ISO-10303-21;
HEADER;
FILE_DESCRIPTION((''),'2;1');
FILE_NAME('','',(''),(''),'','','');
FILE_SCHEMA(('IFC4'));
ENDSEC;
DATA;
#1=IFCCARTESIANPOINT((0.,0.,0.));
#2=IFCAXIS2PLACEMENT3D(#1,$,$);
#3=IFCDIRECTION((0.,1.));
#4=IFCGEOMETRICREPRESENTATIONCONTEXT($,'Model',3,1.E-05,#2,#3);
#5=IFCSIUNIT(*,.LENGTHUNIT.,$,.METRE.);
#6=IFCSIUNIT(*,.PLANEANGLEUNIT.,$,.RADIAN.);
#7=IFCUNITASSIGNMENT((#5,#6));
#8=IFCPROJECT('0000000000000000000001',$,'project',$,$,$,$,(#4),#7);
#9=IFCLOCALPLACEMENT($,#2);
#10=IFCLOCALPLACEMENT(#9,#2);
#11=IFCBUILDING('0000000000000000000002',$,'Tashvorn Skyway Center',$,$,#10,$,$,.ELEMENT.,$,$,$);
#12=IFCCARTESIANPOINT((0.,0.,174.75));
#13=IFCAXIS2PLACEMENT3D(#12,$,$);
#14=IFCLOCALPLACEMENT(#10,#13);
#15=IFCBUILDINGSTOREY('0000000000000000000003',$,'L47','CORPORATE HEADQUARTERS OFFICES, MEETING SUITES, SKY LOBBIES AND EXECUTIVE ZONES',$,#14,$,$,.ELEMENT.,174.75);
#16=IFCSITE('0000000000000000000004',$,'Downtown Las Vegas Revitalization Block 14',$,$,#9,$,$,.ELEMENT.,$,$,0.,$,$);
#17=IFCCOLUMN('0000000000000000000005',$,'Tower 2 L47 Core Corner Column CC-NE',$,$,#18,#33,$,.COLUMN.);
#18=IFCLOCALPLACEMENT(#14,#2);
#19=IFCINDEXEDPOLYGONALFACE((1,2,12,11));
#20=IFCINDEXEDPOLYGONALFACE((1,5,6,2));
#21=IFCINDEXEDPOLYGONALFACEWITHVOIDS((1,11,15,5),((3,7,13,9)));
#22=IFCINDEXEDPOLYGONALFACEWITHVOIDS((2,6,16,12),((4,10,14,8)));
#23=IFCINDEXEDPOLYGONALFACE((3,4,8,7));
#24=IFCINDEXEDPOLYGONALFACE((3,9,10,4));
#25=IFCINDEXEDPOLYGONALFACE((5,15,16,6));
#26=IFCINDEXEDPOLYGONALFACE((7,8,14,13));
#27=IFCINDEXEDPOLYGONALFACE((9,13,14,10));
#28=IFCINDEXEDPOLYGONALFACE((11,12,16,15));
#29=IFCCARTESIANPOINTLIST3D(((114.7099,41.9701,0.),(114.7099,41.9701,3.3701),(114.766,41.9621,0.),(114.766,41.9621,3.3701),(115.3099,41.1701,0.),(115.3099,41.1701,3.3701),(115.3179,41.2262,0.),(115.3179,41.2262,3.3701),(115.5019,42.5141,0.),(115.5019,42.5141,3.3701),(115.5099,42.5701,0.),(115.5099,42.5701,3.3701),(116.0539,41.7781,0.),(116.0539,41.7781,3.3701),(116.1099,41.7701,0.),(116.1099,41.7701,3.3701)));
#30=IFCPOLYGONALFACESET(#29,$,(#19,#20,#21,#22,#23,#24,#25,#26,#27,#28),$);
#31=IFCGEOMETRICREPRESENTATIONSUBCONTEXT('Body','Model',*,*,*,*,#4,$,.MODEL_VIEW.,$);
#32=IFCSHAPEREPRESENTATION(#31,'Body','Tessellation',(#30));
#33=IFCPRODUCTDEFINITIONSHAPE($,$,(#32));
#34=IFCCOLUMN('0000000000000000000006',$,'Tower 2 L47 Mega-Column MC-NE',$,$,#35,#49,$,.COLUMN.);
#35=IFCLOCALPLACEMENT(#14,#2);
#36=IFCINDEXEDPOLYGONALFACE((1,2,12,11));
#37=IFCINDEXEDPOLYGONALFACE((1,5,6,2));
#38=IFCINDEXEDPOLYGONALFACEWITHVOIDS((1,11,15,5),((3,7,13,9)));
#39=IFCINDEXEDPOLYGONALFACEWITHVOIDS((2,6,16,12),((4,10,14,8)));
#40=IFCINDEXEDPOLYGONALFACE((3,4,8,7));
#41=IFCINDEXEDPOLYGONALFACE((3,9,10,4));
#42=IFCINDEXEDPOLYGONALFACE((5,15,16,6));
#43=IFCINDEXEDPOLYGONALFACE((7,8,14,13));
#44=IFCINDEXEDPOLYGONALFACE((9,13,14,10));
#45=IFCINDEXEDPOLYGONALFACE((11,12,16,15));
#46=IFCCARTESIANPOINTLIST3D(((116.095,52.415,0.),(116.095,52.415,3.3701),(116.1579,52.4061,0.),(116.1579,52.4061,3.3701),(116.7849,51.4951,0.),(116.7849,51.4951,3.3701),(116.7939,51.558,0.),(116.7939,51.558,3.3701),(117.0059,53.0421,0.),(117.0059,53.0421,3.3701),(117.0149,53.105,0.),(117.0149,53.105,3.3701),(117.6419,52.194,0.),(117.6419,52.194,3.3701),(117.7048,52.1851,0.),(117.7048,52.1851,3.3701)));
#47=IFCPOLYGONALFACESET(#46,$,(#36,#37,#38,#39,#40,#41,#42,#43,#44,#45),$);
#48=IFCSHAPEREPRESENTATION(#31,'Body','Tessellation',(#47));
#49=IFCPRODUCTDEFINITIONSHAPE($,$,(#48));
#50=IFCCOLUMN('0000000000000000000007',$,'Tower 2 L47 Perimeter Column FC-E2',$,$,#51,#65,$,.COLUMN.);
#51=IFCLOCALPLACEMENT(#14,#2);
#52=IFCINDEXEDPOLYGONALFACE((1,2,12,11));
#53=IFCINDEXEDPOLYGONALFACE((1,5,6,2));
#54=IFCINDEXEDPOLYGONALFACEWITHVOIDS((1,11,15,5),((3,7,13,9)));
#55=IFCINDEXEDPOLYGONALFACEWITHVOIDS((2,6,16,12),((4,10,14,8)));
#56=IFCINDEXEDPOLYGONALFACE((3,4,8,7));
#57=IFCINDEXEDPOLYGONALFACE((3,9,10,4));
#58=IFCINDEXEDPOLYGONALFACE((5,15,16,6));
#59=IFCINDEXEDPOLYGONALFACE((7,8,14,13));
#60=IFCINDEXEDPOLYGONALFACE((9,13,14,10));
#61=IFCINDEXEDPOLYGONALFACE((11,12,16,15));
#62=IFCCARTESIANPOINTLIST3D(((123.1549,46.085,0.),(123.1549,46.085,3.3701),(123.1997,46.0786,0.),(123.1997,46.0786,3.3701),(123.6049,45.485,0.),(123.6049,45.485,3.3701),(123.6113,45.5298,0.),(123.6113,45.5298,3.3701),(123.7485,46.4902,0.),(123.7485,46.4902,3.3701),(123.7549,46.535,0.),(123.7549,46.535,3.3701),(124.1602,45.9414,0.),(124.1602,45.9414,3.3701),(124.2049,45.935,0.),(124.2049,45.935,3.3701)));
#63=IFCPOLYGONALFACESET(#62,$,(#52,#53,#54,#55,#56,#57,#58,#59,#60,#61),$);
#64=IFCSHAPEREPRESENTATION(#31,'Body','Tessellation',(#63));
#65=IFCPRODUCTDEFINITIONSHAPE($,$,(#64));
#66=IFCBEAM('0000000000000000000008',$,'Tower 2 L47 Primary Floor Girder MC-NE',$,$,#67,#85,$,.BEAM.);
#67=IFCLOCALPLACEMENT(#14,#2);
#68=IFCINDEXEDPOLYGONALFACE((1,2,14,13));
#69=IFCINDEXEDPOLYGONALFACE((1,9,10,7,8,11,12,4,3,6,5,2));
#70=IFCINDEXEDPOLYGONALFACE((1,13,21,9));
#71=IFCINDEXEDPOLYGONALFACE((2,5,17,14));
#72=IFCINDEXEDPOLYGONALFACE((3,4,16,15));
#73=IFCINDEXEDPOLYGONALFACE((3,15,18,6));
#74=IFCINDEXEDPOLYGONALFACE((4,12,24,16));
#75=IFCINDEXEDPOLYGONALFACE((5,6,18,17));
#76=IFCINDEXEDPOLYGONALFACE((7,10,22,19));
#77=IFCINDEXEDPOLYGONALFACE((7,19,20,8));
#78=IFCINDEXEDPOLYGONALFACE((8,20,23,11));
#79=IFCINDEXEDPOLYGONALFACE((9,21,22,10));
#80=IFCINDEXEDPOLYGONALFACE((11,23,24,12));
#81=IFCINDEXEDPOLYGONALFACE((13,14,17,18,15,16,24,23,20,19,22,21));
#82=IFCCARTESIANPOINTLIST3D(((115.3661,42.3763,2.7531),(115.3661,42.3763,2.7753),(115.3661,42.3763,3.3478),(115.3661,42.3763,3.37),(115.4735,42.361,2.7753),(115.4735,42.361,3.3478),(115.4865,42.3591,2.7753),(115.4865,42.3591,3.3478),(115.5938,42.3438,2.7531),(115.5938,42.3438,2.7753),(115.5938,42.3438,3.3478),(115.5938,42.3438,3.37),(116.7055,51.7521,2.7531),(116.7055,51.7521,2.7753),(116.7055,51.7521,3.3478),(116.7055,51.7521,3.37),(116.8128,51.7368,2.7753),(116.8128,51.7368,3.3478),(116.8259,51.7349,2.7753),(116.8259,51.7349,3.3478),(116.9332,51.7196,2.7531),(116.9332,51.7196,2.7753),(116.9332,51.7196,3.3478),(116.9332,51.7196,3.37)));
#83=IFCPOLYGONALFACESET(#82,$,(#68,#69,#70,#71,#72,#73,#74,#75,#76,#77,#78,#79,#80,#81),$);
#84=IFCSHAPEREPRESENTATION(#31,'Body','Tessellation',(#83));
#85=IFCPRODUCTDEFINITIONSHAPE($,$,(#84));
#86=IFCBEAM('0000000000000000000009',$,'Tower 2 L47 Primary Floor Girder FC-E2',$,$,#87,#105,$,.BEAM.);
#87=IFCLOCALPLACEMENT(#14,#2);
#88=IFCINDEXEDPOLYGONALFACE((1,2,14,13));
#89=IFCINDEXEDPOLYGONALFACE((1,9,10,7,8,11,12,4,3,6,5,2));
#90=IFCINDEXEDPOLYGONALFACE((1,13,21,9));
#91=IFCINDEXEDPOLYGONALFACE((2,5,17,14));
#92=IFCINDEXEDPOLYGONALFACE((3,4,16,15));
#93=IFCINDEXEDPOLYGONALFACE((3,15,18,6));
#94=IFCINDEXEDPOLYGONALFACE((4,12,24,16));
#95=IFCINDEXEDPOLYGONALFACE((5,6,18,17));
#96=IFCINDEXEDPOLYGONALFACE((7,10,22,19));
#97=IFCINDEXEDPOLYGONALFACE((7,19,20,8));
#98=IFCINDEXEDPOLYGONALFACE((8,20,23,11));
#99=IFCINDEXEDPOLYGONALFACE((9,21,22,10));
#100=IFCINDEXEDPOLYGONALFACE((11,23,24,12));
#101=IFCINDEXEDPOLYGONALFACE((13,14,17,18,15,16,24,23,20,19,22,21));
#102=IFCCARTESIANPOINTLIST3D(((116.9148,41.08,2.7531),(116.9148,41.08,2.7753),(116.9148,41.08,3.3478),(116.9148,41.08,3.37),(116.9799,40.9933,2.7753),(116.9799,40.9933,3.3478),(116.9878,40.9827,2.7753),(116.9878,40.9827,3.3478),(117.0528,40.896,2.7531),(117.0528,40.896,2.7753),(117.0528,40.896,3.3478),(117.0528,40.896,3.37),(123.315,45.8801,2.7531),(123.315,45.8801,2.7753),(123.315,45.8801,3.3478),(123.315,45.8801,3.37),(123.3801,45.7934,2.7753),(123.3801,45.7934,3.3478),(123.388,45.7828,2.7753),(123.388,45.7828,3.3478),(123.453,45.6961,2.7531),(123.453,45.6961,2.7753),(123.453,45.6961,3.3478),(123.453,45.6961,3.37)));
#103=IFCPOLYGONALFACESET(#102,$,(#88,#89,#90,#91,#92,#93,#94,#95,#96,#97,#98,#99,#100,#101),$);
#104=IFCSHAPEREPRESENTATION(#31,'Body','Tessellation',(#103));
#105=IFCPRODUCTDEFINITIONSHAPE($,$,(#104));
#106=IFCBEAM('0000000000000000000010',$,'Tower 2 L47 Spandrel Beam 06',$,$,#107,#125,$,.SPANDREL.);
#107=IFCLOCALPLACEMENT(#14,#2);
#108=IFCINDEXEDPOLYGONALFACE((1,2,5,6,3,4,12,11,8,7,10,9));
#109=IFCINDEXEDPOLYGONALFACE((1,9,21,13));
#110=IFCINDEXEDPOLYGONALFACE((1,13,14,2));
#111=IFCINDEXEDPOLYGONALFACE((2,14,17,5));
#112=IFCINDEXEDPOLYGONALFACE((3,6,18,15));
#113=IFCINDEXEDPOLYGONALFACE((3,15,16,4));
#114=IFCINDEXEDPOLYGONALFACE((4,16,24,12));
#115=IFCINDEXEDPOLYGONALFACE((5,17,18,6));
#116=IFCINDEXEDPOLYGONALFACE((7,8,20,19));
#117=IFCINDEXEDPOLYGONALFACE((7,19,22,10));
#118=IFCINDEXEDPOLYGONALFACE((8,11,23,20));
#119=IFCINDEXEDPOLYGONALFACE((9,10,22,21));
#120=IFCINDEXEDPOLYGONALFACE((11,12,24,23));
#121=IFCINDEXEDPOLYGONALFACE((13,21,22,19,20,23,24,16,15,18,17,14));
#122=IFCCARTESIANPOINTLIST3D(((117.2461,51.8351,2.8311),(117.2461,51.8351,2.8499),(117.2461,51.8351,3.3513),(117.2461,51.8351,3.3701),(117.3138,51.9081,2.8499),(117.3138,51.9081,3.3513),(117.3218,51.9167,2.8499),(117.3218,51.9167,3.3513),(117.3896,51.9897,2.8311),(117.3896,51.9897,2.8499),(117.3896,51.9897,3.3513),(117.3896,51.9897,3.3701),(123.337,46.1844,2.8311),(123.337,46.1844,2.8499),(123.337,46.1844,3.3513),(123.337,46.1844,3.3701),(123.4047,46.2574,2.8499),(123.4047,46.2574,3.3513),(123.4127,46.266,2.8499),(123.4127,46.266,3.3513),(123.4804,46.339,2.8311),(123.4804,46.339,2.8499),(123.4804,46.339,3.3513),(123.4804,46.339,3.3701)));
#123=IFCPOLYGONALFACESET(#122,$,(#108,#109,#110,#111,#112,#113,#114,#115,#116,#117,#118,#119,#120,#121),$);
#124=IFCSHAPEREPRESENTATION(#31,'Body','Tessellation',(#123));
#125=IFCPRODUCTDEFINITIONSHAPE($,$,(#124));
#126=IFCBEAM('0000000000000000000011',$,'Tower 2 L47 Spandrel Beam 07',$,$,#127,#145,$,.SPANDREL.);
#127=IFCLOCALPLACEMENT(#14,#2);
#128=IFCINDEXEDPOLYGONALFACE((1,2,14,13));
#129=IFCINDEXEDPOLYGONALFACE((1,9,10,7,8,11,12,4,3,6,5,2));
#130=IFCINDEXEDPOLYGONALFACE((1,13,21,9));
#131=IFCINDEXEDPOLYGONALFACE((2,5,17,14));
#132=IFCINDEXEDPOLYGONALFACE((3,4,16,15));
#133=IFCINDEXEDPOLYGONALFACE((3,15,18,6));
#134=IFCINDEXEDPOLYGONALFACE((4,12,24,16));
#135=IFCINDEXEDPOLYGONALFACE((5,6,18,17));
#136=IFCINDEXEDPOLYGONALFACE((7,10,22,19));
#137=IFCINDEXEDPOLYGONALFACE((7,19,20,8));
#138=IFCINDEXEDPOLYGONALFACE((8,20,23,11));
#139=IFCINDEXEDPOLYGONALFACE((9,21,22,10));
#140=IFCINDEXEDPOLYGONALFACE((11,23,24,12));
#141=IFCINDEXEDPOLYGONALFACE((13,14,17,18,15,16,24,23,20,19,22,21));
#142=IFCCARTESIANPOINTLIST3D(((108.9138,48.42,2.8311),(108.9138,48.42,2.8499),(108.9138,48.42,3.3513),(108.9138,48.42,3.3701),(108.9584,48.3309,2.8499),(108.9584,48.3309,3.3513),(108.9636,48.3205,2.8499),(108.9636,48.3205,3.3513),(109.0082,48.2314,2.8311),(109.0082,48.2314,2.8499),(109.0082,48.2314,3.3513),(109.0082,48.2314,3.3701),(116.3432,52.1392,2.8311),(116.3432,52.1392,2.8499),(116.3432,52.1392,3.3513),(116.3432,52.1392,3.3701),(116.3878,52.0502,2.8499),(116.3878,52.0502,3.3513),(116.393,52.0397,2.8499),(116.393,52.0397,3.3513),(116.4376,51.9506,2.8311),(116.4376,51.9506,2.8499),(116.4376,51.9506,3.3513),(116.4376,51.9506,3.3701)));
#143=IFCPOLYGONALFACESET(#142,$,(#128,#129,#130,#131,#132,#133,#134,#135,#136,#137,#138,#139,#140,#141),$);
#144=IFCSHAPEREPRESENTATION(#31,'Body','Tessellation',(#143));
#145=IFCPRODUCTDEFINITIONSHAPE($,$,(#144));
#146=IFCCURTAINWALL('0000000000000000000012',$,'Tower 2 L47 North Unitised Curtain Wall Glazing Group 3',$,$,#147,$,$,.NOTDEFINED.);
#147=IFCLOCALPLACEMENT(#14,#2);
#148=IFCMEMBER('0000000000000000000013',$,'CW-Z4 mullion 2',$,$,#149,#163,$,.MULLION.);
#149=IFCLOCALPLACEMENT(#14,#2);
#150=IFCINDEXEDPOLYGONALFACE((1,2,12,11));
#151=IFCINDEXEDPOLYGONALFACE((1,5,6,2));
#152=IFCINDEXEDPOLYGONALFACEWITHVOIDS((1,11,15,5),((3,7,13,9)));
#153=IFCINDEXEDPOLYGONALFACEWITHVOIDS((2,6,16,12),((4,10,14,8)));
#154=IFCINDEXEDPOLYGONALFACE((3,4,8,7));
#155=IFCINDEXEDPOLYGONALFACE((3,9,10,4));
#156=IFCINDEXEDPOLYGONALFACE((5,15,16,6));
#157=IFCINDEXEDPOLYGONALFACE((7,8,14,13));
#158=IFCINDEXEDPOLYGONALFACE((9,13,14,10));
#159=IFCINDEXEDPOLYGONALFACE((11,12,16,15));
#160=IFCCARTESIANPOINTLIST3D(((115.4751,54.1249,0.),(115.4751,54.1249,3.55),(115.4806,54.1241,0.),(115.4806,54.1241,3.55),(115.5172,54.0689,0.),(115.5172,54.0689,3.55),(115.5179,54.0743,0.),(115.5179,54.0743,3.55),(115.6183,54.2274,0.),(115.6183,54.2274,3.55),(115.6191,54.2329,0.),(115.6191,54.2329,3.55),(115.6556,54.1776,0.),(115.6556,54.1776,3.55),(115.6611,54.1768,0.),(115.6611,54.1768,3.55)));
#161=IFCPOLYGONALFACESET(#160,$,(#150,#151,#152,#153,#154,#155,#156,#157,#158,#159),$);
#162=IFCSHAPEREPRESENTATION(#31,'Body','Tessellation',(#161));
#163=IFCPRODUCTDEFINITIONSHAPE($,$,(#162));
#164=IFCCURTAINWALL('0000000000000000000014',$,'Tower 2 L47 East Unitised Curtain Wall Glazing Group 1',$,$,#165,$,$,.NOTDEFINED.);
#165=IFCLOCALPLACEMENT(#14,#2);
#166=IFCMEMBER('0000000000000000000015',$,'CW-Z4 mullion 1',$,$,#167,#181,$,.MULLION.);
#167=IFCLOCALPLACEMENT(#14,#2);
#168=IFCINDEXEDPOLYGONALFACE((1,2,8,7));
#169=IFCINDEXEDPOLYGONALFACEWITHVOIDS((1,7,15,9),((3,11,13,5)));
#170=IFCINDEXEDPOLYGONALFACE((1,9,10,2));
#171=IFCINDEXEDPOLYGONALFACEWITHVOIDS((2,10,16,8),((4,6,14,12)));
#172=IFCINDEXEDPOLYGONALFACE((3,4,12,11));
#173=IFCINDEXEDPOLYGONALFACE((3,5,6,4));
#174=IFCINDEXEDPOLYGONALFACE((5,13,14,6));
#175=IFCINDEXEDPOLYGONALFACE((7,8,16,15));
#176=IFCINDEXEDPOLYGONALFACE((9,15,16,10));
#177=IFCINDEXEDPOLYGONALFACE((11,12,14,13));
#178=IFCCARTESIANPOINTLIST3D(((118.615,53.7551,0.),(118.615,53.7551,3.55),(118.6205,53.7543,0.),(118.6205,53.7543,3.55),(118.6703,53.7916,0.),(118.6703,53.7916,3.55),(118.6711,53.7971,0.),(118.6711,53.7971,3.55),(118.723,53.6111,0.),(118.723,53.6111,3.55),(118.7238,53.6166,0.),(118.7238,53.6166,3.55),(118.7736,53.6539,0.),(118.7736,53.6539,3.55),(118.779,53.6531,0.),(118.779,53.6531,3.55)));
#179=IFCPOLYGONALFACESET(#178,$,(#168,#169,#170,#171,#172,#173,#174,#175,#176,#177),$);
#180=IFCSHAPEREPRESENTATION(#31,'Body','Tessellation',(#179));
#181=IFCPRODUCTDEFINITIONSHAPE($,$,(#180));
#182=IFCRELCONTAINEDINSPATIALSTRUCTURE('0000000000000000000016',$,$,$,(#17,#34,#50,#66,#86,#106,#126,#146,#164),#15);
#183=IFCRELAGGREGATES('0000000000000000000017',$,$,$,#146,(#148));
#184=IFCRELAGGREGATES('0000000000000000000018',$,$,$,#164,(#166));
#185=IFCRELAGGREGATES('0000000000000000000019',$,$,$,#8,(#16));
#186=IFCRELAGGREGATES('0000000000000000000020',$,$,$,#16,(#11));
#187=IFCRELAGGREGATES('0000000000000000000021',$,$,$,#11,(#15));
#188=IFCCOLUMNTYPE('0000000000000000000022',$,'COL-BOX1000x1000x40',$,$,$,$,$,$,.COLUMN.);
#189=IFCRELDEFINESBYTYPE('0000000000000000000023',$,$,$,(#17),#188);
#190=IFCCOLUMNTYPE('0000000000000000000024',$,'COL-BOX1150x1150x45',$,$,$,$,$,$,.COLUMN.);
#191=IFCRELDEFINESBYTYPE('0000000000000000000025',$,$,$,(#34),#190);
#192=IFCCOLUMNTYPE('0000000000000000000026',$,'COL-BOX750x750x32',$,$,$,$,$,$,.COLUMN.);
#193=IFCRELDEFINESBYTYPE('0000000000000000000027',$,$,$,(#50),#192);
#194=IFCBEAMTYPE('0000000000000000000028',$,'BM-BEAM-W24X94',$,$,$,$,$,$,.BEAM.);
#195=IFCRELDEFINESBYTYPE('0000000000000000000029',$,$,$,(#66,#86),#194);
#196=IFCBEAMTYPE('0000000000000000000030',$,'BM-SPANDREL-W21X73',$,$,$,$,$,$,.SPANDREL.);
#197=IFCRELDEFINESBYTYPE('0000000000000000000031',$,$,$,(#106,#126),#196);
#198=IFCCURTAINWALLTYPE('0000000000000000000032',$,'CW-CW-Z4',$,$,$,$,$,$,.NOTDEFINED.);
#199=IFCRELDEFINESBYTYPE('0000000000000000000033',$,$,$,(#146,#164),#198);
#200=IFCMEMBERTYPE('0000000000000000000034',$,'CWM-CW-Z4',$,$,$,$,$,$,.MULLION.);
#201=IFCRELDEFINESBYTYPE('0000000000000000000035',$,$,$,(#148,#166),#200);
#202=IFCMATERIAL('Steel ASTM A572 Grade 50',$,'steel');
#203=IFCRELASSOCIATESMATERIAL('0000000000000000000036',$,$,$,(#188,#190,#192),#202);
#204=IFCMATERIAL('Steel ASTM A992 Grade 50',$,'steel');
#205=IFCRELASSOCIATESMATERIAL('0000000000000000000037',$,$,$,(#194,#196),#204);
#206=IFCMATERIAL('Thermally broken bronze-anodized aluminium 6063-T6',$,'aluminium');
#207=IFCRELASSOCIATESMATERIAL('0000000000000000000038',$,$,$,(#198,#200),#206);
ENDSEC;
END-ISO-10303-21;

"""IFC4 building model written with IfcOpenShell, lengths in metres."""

from ifc_helpers import new_model, si_unit, direction, frame, origin, origin_2d, place, context, subcontext, project, spatial, hollow_rectangle, i_section, extrude, material, material_profile, profile_set, type_object, element, aggregate, save


model = new_model("IFC4")

# Units and contexts
model_context = context("Model", 3, precision=1e-05, world=origin(), true_north=direction((0.0, 1.0)))
body_context = subcontext(model_context, "Body", "Model", "MODEL_VIEW")
ifc_project = project(units=[si_unit("LENGTHUNIT", "METRE"), si_unit("PLANEANGLEUNIT", "RADIAN")], contexts=[model_context])

# Site, building, storey
site_placement = place(None, origin())
site = spatial("IfcSite", under=ifc_project, at=site_placement, Name="Downtown Las Vegas Revitalization Block 14", CompositionType="ELEMENT", RefElevation=0.0)
building_placement = place(site_placement, origin())
building = spatial("IfcBuilding", under=site, at=building_placement, Name="Tashvorn Skyway Center", CompositionType="ELEMENT")
storey_placement = place(building_placement, frame((0.0, 0.0, 174.75)))
storey = spatial("IfcBuildingStorey", under=building, at=storey_placement, Name="L47", Description="CORPORATE HEADQUARTERS OFFICES, MEETING SUITES, SKY LOBBIES AND EXECUTIVE ZONES", CompositionType="ELEMENT", Elevation=174.75)

# Columns
ifc_material_1 = material(Name="Steel ASTM A572 Grade 50", Category="steel")
ifc_material_profile_1 = material_profile(ifc_material_1, hollow_rectangle(XDim=1.0, YDim=1.0, WallThickness=0.04, at=origin_2d()), Name="BOX1000x1000x40")
ifc_profile_set_1 = profile_set([ifc_material_profile_1], Name="Steel ASTM A572 Grade 50")
column_type_1 = type_object("IfcColumnType", Name="COL-BOX1000x1000x40", PredefinedType="COLUMN", material=ifc_profile_set_1)
column_1_placement = place(storey_placement, frame((115.4099, 41.8701, 0.0), z_axis=(0.0, 0.0, 1.0), x_axis=(0.8, 0.6, 0.0)))
element("IfcColumn", 1, at=column_1_placement, inside=storey, type_object=column_type_1, Name="Tower 2 L47 Core Corner Column CC-NE", PredefinedType="COLUMN", context=body_context, shape_type="SweptSolid", body=[
    extrude(hollow_rectangle(XDim=1.0, YDim=1.0, WallThickness=0.04, at=origin_2d()), origin(), (0.0, 0.0, 1.0), 3.3701),
])
ifc_material_profile_2 = material_profile(ifc_material_1, hollow_rectangle(XDim=1.1499, YDim=1.1499, WallThickness=0.0449, at=origin_2d()), Name="BOX1150x1150x45")
ifc_profile_set_2 = profile_set([ifc_material_profile_2], Name="Steel ASTM A572 Grade 50")
column_type_2 = type_object("IfcColumnType", Name="COL-BOX1150x1150x45", PredefinedType="COLUMN", material=ifc_profile_set_2)
column_2_placement = place(storey_placement, frame((116.8999, 52.3, 0.0), z_axis=(0.0, 0.0, 1.0), x_axis=(0.8, 0.6, 0.0)))
element("IfcColumn", 2, at=column_2_placement, inside=storey, type_object=column_type_2, Name="Tower 2 L47 Mega-Column MC-NE", PredefinedType="COLUMN", context=body_context, shape_type="SweptSolid", body=[
    extrude(hollow_rectangle(XDim=1.1499, YDim=1.1499, WallThickness=0.0449, at=origin_2d()), origin(), (0.0, 0.0, 1.0), 3.3701),
])
ifc_material_profile_3 = material_profile(ifc_material_1, hollow_rectangle(XDim=0.75, YDim=0.75, WallThickness=0.032, at=origin_2d()), Name="BOX750x750x32")
ifc_profile_set_3 = profile_set([ifc_material_profile_3], Name="Steel ASTM A572 Grade 50")
column_type_3 = type_object("IfcColumnType", Name="COL-BOX750x750x32", PredefinedType="COLUMN", material=ifc_profile_set_3)
column_3_placement = place(storey_placement, frame((123.6799, 46.01, 0.0), z_axis=(0.0, 0.0, 1.0), x_axis=(0.8, 0.6, 0.0)))
element("IfcColumn", 3, at=column_3_placement, inside=storey, type_object=column_type_3, Name="Tower 2 L47 Perimeter Column FC-E2", PredefinedType="COLUMN", context=body_context, shape_type="SweptSolid", body=[
    extrude(hollow_rectangle(XDim=0.75, YDim=0.75, WallThickness=0.032, at=origin_2d()), origin(), (0.0, 0.0, 1.0), 3.3701),
])

# Beams
ifc_material_2 = material(Name="Steel ASTM A992 Grade 50", Category="steel")
ifc_material_profile_4 = material_profile(ifc_material_2, i_section(OverallWidth=0.23, OverallDepth=0.6169, WebThickness=0.0132, FlangeThickness=0.0222, at=origin_2d()), Name="W24X94")
ifc_profile_set_4 = profile_set([ifc_material_profile_4], Name="Steel ASTM A992 Grade 50")
beam_type_1 = type_object("IfcBeamType", Name="BM-BEAM-W24X94", PredefinedType="BEAM", material=ifc_profile_set_4)
beam_1_placement = place(storey_placement, frame((116.8193, 51.7358, 3.0615), z_axis=(-0.141418, -0.98995, 0.0), x_axis=(0.98995, -0.141418, 0.0)))
element("IfcBeam", 4, at=beam_1_placement, inside=storey, type_object=beam_type_1, Name="Tower 2 L47 Primary Floor Girder MC-NE", PredefinedType="BEAM", context=body_context, shape_type="SweptSolid", body=[
    extrude(i_section(OverallWidth=0.23, OverallDepth=0.6169, WebThickness=0.0132, FlangeThickness=0.0222, at=origin_2d()), origin(), (0.0, 0.0, 1.0), 9.4709),
])
beam_2_placement = place(storey_placement, frame((123.384, 45.7881, 3.0615), z_axis=(-0.800004, -0.599995, 0.0), x_axis=(0.599995, -0.800004, 0.0)))
element("IfcBeam", 5, at=beam_2_placement, inside=storey, type_object=beam_type_1, Name="Tower 2 L47 Primary Floor Girder FC-E2", PredefinedType="BEAM", context=body_context, shape_type="SweptSolid", body=[
    extrude(i_section(OverallWidth=0.23, OverallDepth=0.6169, WebThickness=0.0132, FlangeThickness=0.0222, at=origin_2d()), origin(), (0.0, 0.0, 1.0), 8.0002),
])
ifc_material_profile_5 = material_profile(ifc_material_2, i_section(OverallWidth=0.2109, OverallDepth=0.5391, WebThickness=0.0117, FlangeThickness=0.0188, at=origin_2d()), Name="W21X73")
ifc_profile_set_5 = profile_set([ifc_material_profile_5], Name="Steel ASTM A992 Grade 50")
beam_type_2 = type_object("IfcBeamType", Name="BM-SPANDREL-W21X73", PredefinedType="SPANDREL", material=ifc_profile_set_5)
for number, where, z_axis, x_axis, name in (
    (6, (123.4087, 46.2617, 3.1006), (-0.733101, 0.68012, 0.0), (-0.68012, -0.733101, 0.0), "Tower 2 L47 Spandrel Beam 06"),
    (7, (116.3904, 52.0449, 3.1006), (-0.89421, -0.447648, 0.0), (0.447648, -0.89421, 0.0), "Tower 2 L47 Spandrel Beam 07"),
):
    element("IfcBeam", number, at=place(storey_placement, frame(where, z_axis=z_axis, x_axis=x_axis)), inside=storey, type_object=beam_type_2, Name=name, PredefinedType="SPANDREL", context=body_context, shape_type="SweptSolid", body=[
        extrude(i_section(OverallWidth=0.2109, OverallDepth=0.5391, WebThickness=0.0117, FlangeThickness=0.0188, at=origin_2d()), origin(), (0.0, 0.0, 1.0), 8.3083),
    ])

# Curtain wall, member
ifc_material_3 = material(Name="Thermally broken bronze-anodized aluminium 6063-T6", Category="aluminium")
curtain_wall_type = type_object("IfcCurtainWallType", Name="CW-CW-Z4", PredefinedType="NOTDEFINED", material=ifc_material_3)
curtain_wall_1_placement = place(storey_placement, origin())
curtain_wall_1 = element("IfcCurtainWall", 8, at=curtain_wall_1_placement, inside=storey, type_object=curtain_wall_type, Name="Tower 2 L47 North Unitised Curtain Wall Glazing Group 3", PredefinedType="NOTDEFINED")
ifc_material_profile_6 = material_profile(ifc_material_3, hollow_rectangle(XDim=0.0701, YDim=0.1799, WallThickness=0.0039, at=origin_2d()), Name="ALU-MULL-70x180")
ifc_profile_set_6 = profile_set([ifc_material_profile_6], Name="Thermally broken bronze-anodized aluminium 6063-T6")
member_type_1 = type_object("IfcMemberType", Name="CWM-CW-Z4", PredefinedType="MULLION", material=ifc_profile_set_6)
member_1_placement = place(storey_placement, frame((115.5681, 54.1509, 0.0), z_axis=(0.0, 0.0, 1.0), x_axis=(-0.6, 0.8, 0.0)))
member_1 = element("IfcMember", 9, at=member_1_placement, type_object=member_type_1, Name="CW-Z4 mullion 2", PredefinedType="MULLION", context=body_context, shape_type="SweptSolid", body=[
    extrude(hollow_rectangle(XDim=0.0701, YDim=0.1799, WallThickness=0.0039, at=origin_2d()), origin(), (0.0, 0.0, 1.0), 3.55),
])

# Curtain wall, member
curtain_wall_2_placement = place(storey_placement, origin())
curtain_wall_2 = element("IfcCurtainWall", 10, at=curtain_wall_2_placement, inside=storey, type_object=curtain_wall_type, Name="Tower 2 L47 East Unitised Curtain Wall Glazing Group 1", PredefinedType="NOTDEFINED")
member_2_placement = place(storey_placement, frame((118.697, 53.7041, 0.0), z_axis=(0.0, 0.0, 1.0), x_axis=(0.8, 0.6, 0.0)))
member_2 = element("IfcMember", 11, at=member_2_placement, type_object=member_type_1, Name="CW-Z4 mullion 1", PredefinedType="MULLION", context=body_context, shape_type="SweptSolid", body=[
    extrude(hollow_rectangle(XDim=0.0701, YDim=0.1799, WallThickness=0.0039, at=origin_2d()), origin(), (0.0, 0.0, 1.0), 3.55),
])

aggregate(curtain_wall_1, [member_1])
aggregate(curtain_wall_2, [member_2])

save(model, "model.ifc")
